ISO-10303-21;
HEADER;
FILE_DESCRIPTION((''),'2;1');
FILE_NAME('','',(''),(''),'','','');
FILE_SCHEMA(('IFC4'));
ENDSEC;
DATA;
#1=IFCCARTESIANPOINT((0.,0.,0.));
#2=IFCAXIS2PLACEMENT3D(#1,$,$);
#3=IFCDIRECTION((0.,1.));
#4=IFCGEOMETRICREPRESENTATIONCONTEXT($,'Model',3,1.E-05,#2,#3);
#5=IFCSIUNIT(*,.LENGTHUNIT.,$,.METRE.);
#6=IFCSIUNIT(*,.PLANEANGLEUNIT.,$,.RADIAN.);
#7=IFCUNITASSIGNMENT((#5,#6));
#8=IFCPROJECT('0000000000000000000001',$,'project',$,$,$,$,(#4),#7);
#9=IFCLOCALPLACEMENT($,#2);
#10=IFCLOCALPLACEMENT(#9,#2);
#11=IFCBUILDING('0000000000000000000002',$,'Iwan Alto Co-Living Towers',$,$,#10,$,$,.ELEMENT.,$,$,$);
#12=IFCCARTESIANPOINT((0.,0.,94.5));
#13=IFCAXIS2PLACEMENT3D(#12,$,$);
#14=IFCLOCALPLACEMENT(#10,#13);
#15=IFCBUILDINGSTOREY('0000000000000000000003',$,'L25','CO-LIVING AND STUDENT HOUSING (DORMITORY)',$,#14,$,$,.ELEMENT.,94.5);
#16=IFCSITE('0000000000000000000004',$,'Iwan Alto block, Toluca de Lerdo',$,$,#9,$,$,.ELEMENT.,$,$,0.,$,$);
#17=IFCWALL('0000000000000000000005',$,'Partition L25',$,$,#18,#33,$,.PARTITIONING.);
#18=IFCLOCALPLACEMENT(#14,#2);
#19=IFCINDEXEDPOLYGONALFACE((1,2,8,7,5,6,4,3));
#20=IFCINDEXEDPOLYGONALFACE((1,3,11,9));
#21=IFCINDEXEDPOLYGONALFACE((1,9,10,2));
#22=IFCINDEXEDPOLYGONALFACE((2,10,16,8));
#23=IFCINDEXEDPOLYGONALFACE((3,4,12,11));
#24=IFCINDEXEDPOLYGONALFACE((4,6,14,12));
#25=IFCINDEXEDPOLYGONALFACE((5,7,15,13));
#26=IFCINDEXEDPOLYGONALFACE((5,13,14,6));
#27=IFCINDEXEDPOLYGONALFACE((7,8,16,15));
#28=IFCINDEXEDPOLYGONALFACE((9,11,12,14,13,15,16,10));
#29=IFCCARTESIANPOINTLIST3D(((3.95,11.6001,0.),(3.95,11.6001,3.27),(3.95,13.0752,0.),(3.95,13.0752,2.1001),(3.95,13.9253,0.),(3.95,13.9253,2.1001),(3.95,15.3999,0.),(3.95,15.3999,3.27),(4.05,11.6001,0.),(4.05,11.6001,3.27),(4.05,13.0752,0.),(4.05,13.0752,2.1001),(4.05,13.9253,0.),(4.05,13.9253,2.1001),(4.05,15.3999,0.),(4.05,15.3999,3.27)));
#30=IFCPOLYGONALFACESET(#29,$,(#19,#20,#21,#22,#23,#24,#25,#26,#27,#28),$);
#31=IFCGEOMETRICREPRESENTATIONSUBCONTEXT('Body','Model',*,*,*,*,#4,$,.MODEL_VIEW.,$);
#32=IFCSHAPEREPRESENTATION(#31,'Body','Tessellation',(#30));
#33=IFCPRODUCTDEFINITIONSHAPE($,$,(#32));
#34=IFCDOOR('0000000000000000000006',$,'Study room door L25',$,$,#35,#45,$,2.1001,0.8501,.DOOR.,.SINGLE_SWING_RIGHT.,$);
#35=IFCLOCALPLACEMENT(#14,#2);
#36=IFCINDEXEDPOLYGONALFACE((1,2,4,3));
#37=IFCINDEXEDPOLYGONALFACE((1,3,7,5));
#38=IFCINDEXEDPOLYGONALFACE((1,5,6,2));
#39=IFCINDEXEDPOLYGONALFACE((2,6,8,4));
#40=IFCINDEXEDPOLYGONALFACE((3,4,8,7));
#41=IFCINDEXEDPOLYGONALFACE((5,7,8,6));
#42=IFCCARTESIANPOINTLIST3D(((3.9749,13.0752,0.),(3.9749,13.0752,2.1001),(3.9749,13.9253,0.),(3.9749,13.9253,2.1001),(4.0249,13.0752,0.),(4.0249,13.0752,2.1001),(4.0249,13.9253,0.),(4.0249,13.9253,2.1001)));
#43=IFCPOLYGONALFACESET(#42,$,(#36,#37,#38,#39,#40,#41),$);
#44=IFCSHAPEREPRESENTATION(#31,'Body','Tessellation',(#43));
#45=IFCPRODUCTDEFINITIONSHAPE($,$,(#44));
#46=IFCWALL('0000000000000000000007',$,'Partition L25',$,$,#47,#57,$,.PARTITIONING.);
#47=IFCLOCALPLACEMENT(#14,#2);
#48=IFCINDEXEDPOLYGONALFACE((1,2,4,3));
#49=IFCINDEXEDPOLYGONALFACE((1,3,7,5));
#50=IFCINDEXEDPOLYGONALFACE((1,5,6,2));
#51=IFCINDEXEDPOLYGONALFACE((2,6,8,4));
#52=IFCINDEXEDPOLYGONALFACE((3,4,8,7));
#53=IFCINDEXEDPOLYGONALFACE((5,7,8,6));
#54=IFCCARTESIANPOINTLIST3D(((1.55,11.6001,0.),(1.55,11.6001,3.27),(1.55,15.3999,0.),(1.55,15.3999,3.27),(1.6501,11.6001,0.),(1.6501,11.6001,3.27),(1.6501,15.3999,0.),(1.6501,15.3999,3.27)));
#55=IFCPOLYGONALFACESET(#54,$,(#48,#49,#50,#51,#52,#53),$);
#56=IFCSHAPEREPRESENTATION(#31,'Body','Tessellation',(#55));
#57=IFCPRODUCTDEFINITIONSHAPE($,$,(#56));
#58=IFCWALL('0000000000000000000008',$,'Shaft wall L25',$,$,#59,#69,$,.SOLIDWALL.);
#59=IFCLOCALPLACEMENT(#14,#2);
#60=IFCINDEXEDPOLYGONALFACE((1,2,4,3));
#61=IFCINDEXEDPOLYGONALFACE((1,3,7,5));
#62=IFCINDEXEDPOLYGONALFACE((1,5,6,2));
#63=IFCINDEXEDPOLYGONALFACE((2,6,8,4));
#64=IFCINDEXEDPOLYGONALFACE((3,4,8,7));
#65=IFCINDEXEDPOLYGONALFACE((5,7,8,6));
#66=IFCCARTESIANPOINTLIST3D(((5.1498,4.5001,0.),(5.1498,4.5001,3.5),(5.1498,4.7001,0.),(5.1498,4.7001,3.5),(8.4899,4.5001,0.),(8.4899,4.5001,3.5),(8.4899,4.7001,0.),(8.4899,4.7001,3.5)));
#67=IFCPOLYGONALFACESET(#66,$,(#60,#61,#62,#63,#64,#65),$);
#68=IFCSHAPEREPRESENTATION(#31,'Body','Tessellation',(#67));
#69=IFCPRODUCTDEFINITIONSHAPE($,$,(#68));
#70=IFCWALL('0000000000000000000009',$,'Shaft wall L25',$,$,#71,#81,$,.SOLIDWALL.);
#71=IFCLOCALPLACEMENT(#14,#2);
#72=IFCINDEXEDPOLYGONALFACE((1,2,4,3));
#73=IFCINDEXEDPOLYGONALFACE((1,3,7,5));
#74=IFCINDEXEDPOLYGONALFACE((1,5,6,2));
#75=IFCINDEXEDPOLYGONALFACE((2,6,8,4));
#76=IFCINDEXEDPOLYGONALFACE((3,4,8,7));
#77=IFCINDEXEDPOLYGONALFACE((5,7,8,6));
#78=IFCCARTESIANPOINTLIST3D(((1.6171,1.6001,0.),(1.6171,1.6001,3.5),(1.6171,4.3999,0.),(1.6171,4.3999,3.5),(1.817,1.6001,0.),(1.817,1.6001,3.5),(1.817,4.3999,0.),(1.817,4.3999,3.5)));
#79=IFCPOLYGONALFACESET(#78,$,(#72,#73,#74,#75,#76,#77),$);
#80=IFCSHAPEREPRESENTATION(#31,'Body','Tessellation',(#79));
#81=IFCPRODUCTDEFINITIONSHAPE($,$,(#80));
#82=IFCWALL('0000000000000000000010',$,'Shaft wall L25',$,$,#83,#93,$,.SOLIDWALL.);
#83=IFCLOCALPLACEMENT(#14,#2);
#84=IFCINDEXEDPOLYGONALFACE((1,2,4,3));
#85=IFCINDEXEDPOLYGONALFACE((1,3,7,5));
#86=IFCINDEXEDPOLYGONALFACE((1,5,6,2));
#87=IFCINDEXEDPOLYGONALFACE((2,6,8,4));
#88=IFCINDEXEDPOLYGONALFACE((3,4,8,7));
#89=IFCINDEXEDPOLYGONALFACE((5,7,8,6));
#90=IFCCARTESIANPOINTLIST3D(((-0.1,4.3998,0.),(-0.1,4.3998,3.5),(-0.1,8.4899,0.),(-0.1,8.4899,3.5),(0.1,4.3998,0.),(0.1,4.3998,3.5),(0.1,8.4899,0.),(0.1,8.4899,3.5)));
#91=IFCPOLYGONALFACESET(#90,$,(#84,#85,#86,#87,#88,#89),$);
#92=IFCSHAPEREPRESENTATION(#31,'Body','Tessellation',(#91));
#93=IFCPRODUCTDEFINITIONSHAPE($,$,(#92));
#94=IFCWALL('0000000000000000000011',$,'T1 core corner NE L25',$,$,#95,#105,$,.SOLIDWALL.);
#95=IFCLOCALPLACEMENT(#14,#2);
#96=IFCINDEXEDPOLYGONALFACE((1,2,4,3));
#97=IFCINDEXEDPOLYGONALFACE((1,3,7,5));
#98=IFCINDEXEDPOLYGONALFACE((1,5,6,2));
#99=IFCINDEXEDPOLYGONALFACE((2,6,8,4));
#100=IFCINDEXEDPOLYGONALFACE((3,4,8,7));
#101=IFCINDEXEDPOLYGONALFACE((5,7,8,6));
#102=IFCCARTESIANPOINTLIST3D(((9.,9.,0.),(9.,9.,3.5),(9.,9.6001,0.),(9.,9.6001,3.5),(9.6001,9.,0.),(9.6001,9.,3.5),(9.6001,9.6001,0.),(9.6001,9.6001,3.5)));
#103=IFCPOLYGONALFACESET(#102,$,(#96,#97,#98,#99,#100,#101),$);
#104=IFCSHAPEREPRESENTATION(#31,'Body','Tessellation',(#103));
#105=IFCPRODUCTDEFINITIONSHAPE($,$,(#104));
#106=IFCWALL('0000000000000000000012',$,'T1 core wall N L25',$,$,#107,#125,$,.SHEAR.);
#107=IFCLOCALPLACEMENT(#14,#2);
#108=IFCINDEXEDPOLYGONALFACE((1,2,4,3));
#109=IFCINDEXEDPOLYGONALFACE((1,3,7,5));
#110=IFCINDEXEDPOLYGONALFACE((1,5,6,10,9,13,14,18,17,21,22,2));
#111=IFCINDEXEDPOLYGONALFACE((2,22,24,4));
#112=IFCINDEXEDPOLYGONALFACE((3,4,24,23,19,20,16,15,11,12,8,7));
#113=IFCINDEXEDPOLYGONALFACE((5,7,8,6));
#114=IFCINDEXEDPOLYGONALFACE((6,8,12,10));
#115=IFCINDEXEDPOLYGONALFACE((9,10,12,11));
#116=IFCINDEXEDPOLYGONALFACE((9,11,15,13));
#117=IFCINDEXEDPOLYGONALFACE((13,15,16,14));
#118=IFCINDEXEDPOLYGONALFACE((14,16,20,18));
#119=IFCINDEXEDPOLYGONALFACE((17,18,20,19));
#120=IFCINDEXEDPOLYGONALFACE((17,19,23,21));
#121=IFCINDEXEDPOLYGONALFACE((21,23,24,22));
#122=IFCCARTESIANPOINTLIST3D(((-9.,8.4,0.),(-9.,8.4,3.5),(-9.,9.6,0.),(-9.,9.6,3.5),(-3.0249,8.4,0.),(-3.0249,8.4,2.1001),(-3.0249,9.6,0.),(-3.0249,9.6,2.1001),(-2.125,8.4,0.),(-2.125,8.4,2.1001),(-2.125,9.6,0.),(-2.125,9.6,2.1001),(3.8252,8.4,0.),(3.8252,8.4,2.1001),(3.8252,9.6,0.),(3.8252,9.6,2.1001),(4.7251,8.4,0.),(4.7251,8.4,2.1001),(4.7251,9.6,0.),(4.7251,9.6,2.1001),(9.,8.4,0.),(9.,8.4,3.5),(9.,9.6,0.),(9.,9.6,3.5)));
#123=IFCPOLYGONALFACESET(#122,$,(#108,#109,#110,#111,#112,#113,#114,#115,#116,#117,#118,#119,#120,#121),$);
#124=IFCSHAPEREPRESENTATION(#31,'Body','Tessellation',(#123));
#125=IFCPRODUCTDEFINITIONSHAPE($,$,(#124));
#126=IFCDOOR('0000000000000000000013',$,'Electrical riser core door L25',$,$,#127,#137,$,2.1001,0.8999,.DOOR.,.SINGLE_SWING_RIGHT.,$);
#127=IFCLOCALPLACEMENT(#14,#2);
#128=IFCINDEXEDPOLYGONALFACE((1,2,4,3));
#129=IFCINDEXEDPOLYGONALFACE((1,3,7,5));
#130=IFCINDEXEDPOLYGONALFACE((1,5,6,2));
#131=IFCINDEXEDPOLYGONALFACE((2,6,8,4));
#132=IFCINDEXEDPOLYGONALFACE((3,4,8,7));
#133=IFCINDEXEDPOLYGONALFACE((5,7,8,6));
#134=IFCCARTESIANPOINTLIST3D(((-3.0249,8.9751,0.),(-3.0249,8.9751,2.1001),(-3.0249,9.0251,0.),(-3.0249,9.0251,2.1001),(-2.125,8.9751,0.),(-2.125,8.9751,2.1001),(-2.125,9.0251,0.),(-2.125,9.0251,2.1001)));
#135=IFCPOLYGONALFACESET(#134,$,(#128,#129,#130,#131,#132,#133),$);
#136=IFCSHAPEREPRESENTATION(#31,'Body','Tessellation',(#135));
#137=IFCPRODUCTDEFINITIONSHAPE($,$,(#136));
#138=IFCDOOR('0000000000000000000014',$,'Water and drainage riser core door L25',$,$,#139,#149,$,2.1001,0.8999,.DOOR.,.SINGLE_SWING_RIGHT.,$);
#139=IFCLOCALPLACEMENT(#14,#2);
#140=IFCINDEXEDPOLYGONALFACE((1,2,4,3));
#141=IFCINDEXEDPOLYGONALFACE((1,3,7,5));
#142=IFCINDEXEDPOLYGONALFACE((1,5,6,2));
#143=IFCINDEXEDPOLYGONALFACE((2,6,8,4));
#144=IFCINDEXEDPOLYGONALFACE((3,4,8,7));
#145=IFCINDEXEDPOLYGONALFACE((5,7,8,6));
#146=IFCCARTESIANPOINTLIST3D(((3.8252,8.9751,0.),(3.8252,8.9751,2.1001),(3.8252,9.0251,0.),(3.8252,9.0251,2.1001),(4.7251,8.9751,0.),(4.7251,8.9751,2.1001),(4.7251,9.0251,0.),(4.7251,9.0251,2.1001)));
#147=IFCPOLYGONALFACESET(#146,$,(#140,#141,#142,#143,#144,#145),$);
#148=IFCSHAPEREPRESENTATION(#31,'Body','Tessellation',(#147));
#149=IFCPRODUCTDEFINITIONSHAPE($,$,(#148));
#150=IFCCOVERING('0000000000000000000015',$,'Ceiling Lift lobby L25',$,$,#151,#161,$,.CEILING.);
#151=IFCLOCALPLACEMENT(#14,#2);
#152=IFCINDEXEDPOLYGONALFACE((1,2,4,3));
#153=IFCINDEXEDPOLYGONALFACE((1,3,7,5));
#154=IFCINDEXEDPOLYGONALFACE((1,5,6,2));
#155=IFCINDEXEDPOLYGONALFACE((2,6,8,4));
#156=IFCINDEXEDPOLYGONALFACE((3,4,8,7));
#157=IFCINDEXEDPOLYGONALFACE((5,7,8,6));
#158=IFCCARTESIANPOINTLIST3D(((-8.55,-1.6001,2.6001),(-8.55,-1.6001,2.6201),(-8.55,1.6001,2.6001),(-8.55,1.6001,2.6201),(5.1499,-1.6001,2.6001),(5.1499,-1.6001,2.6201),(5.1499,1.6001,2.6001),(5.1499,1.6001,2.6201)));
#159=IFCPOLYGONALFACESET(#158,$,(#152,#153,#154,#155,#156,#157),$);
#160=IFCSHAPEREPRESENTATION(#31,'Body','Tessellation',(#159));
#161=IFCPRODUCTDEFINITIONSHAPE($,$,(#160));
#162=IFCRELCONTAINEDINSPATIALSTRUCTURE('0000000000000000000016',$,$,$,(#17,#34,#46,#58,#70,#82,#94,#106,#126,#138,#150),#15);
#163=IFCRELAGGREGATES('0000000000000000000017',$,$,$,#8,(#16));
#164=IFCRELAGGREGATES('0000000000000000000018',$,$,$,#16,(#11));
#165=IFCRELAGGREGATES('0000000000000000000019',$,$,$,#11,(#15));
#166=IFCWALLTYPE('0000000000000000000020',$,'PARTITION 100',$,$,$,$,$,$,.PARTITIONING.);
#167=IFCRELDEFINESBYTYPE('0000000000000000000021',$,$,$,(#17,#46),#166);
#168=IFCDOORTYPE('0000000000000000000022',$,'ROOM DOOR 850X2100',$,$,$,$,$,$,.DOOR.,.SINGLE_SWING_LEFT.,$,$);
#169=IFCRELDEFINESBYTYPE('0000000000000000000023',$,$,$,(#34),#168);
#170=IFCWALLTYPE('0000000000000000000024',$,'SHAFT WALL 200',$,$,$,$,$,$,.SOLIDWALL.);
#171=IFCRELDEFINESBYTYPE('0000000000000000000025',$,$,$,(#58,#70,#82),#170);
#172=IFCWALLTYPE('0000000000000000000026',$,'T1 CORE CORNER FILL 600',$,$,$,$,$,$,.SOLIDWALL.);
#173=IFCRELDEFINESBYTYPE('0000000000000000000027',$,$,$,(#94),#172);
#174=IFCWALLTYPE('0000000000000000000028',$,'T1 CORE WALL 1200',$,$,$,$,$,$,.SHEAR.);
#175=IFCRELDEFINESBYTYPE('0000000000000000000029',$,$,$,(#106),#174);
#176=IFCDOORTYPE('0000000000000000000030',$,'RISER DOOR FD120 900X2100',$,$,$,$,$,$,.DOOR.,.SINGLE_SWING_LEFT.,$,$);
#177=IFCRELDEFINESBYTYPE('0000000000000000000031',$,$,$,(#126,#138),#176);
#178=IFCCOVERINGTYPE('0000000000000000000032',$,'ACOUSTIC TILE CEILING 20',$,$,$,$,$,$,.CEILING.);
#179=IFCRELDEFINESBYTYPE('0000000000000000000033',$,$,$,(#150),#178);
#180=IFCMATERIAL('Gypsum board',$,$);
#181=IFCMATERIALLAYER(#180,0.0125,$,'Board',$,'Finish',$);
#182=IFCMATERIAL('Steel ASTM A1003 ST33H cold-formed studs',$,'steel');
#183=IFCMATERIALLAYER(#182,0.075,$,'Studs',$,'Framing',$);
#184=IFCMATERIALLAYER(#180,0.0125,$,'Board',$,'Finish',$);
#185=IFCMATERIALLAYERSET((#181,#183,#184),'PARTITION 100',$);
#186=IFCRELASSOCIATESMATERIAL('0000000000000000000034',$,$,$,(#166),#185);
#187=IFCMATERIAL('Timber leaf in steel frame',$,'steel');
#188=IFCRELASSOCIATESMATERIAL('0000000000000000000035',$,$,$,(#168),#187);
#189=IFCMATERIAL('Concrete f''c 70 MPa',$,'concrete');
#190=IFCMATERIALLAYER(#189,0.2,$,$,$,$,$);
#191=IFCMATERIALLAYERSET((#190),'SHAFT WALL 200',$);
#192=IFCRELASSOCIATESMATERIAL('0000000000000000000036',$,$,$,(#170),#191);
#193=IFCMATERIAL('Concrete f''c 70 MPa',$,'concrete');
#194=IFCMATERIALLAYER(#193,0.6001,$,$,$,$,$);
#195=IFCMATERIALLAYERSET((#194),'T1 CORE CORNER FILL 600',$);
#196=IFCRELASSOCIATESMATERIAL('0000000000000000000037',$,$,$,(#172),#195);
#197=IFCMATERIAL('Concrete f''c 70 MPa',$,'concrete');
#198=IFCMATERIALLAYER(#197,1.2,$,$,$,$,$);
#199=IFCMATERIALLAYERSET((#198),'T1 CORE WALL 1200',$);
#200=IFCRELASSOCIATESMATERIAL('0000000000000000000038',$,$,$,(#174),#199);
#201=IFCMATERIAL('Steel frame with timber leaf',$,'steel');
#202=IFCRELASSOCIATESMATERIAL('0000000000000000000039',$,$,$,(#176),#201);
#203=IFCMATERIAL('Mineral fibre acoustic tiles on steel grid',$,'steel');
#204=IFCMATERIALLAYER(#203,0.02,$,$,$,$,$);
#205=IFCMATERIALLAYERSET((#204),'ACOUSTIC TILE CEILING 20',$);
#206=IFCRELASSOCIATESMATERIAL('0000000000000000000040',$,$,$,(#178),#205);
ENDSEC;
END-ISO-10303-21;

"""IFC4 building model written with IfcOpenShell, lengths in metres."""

from ifc_helpers import new_model, si_unit, direction, frame, frame_2d, origin, place, context, subcontext, project, spatial, polyline, rectangle, outline, extrude, material, layer, layer_set, type_object, element, fill, save


model = new_model("IFC4")

# Units and contexts
model_context = context("Model", 3, precision=1e-05, world=origin(), true_north=direction((0.0, 1.0)))
body_context = subcontext(model_context, "Body", "Model", "MODEL_VIEW")
ifc_project = project(units=[si_unit("LENGTHUNIT", "METRE"), si_unit("PLANEANGLEUNIT", "RADIAN")], contexts=[model_context])

# Site, building, storey
site_placement = place(None, origin())
site = spatial("IfcSite", under=ifc_project, at=site_placement, Name="Iwan Alto block, Toluca de Lerdo", CompositionType="ELEMENT", RefElevation=0.0)
building_placement = place(site_placement, origin())
building = spatial("IfcBuilding", under=site, at=building_placement, Name="Iwan Alto Co-Living Towers", CompositionType="ELEMENT")
storey_placement = place(building_placement, frame((0.0, 0.0, 94.5)))
storey = spatial("IfcBuildingStorey", under=building, at=storey_placement, Name="L25", Description="CO-LIVING AND STUDENT HOUSING (DORMITORY)", CompositionType="ELEMENT", Elevation=94.5)

# Wall, opening, door
ifc_material_1 = material(Name="Gypsum board")
ifc_layer_1 = layer(ifc_material_1, 0.0125, Name="Board", Category="Finish")
ifc_material_2 = material(Name="Steel ASTM A1003 ST33H cold-formed studs", Category="steel")
ifc_layer_2 = layer(ifc_material_2, 0.075, Name="Studs", Category="Framing")
ifc_layer_3 = layer(ifc_material_1, 0.0125, Name="Board", Category="Finish")
ifc_layer_set_1 = layer_set([ifc_layer_1, ifc_layer_2, ifc_layer_3], Name="PARTITION 100")
wall_type_1 = type_object("IfcWallType", Name="PARTITION 100", PredefinedType="PARTITIONING", material=ifc_layer_set_1)
wall_1_placement = place(storey_placement, frame((4.0, 11.6001, 0.0), z_axis=(0.0, 0.0, 1.0), x_axis=(0.0, 1.0, 0.0)))
wall_1 = element("IfcWall", 1, at=wall_1_placement, inside=storey, type_object=wall_type_1, Name="Partition L25", PredefinedType="PARTITIONING", context=body_context, shape_type="SweptSolid", body=[
    extrude(rectangle(XDim=3.7998, YDim=0.1001, at=frame_2d((1.8999, 0.0))), origin(), (0.0, 0.0, 1.0), 3.27),
])
opening_1_placement = place(wall_1_placement, frame((1.4751, 0.0, 0.0)))
opening_1 = element("IfcOpeningElement", 2, at=opening_1_placement, cuts=wall_1, PredefinedType="OPENING", context=body_context, shape_type="SweptSolid", body=[
    extrude(rectangle(XDim=0.8501, YDim=2.1001, at=frame_2d((0.425, 1.05))), frame((0.0, 0.0601, 0.0), z_axis=(0.0, -1.0, 0.0), x_axis=(1.0, 0.0, 0.0)), (0.0, 0.0, 1.0), 0.1201),
])
ifc_material_3 = material(Name="Timber leaf in steel frame", Category="steel")
door_type_1 = type_object("IfcDoorType", Name="ROOM DOOR 850X2100", OperationType="SINGLE_SWING_LEFT", PredefinedType="DOOR", material=ifc_material_3)
door_1_placement = place(opening_1_placement, frame((0.8501, 0.0, 0.0), z_axis=(0.0, 0.0, 1.0), x_axis=(-1.0, 0.0, 0.0)))
door_1 = element("IfcDoor", 3, at=door_1_placement, inside=storey, type_object=door_type_1, Name="Study room door L25", OperationType="SINGLE_SWING_RIGHT", OverallHeight=2.1001, OverallWidth=0.8501, PredefinedType="DOOR", context=body_context, shape_type="SweptSolid", body=[
    extrude(rectangle(XDim=0.8501, YDim=2.1001, at=frame_2d((0.425, 1.05))), frame((0.0, 0.0249, 0.0), z_axis=(0.0, -1.0, 0.0), x_axis=(1.0, 0.0, 0.0)), (0.0, 0.0, 1.0), 0.05),
])
fill(opening_1, door_1)

# Walls
wall_2_placement = place(storey_placement, frame((1.6001, 11.6001, 0.0), z_axis=(0.0, 0.0, 1.0), x_axis=(0.0, 1.0, 0.0)))
element("IfcWall", 4, at=wall_2_placement, inside=storey, type_object=wall_type_1, Name="Partition L25", PredefinedType="PARTITIONING", context=body_context, shape_type="SweptSolid", body=[
    extrude(rectangle(XDim=3.7998, YDim=0.1001, at=frame_2d((1.8999, 0.0))), origin(), (0.0, 0.0, 1.0), 3.27),
])
ifc_material_4 = material(Name="Concrete f'c 70 MPa", Category="concrete")
ifc_layer_4 = layer(ifc_material_4, 0.2)
ifc_layer_set_2 = layer_set([ifc_layer_4], Name="SHAFT WALL 200")
wall_type_2 = type_object("IfcWallType", Name="SHAFT WALL 200", PredefinedType="SOLIDWALL", material=ifc_layer_set_2)
wall_3_placement = place(storey_placement, frame((5.1499, 4.6001, 0.0), z_axis=(0.0, 0.0, 1.0), x_axis=(1.0, 0.0, 0.0)))
element("IfcWall", 5, at=wall_3_placement, inside=storey, type_object=wall_type_2, Name="Shaft wall L25", PredefinedType="SOLIDWALL", context=body_context, shape_type="SweptSolid", body=[
    extrude(rectangle(XDim=3.3401, YDim=0.2, at=frame_2d((1.6699, 0.0))), origin(), (0.0, 0.0, 1.0), 3.5),
])
wall_4_placement = place(storey_placement, frame((1.717, 1.6001, 0.0), z_axis=(0.0, 0.0, 1.0), x_axis=(0.0, 1.0, 0.0)))
element("IfcWall", 6, at=wall_4_placement, inside=storey, type_object=wall_type_2, Name="Shaft wall L25", PredefinedType="SOLIDWALL", context=body_context, shape_type="SweptSolid", body=[
    extrude(rectangle(XDim=2.7998, YDim=0.2, at=frame_2d((1.3999, 0.0))), origin(), (0.0, 0.0, 1.0), 3.5),
])
wall_5_placement = place(storey_placement, frame((0.0, 4.3999, 0.0), z_axis=(0.0, 0.0, 1.0), x_axis=(0.0, 1.0, 0.0)))
element("IfcWall", 7, at=wall_5_placement, inside=storey, type_object=wall_type_2, Name="Shaft wall L25", PredefinedType="SOLIDWALL", context=body_context, shape_type="SweptSolid", body=[
    extrude(rectangle(XDim=4.0901, YDim=0.2, at=frame_2d((2.0449, 0.0))), origin(), (0.0, 0.0, 1.0), 3.5),
])
ifc_material_5 = material(Name="Concrete f'c 70 MPa", Category="concrete")
ifc_layer_5 = layer(ifc_material_5, 0.6001)
ifc_layer_set_3 = layer_set([ifc_layer_5], Name="T1 CORE CORNER FILL 600")
wall_type_3 = type_object("IfcWallType", Name="T1 CORE CORNER FILL 600", PredefinedType="SOLIDWALL", material=ifc_layer_set_3)
wall_6_placement = place(storey_placement, frame((9.0, 9.3, 0.0), z_axis=(0.0, 0.0, 1.0), x_axis=(1.0, 0.0, 0.0)))
element("IfcWall", 8, at=wall_6_placement, inside=storey, type_object=wall_type_3, Name="T1 core corner NE L25", PredefinedType="SOLIDWALL", context=body_context, shape_type="SweptSolid", body=[
    extrude(rectangle(XDim=0.6001, YDim=0.6001, at=frame_2d((0.3, 0.0))), origin(), (0.0, 0.0, 1.0), 3.5),
])

# Wall, openings, doors
ifc_material_6 = material(Name="Concrete f'c 70 MPa", Category="concrete")
ifc_layer_6 = layer(ifc_material_6, 1.2)
ifc_layer_set_4 = layer_set([ifc_layer_6], Name="T1 CORE WALL 1200")
wall_type_4 = type_object("IfcWallType", Name="T1 CORE WALL 1200", PredefinedType="SHEAR", material=ifc_layer_set_4)
wall_7_placement = place(storey_placement, frame((9.0, 9.0, 0.0), z_axis=(0.0, 0.0, 1.0), x_axis=(-1.0, 0.0, 0.0)))
wall_7 = element("IfcWall", 9, at=wall_7_placement, inside=storey, type_object=wall_type_4, Name="T1 core wall N L25", PredefinedType="SHEAR", context=body_context, shape_type="SweptSolid", body=[
    extrude(rectangle(XDim=18.0, YDim=1.2, at=frame_2d((9.0, 0.0))), origin(), (0.0, 0.0, 1.0), 3.5),
])
opening_2_placement = place(wall_7_placement, frame((11.125, 0.0, 0.0)))
opening_2 = element("IfcOpeningElement", 10, at=opening_2_placement, cuts=wall_7, PredefinedType="OPENING", context=body_context, shape_type="SweptSolid", body=[
    extrude(rectangle(XDim=0.8999, YDim=2.1001, at=frame_2d((0.45, 1.05))), frame((0.0, 0.6099, 0.0), z_axis=(0.0, -1.0, 0.0), x_axis=(1.0, 0.0, 0.0)), (0.0, 0.0, 1.0), 1.22),
])
opening_3_placement = place(wall_7_placement, frame((4.2749, 0.0, 0.0)))
opening_3 = element("IfcOpeningElement", 11, at=opening_3_placement, cuts=wall_7, PredefinedType="OPENING", context=body_context, shape_type="SweptSolid", body=[
    extrude(rectangle(XDim=0.8999, YDim=2.1001, at=frame_2d((0.45, 1.05))), frame((0.0, 0.6099, 0.0), z_axis=(0.0, -1.0, 0.0), x_axis=(1.0, 0.0, 0.0)), (0.0, 0.0, 1.0), 1.22),
])
ifc_material_7 = material(Name="Steel frame with timber leaf", Category="steel")
door_type_2 = type_object("IfcDoorType", Name="RISER DOOR FD120 900X2100", OperationType="SINGLE_SWING_LEFT", PredefinedType="DOOR", material=ifc_material_7)
door_2_placement = place(opening_2_placement, origin())
door_2 = element("IfcDoor", 12, at=door_2_placement, inside=storey, type_object=door_type_2, Name="Electrical riser core door L25", OperationType="SINGLE_SWING_RIGHT", OverallHeight=2.1001, OverallWidth=0.8999, PredefinedType="DOOR", context=body_context, shape_type="SweptSolid", body=[
    extrude(rectangle(XDim=0.8999, YDim=2.1001, at=frame_2d((0.45, 1.05))), frame((0.0, 0.0249, 0.0), z_axis=(0.0, -1.0, 0.0), x_axis=(1.0, 0.0, 0.0)), (0.0, 0.0, 1.0), 0.05),
])
fill(opening_2, door_2)
door_3_placement = place(opening_3_placement, origin())
door_3 = element("IfcDoor", 13, at=door_3_placement, inside=storey, type_object=door_type_2, Name="Water and drainage riser core door L25", OperationType="SINGLE_SWING_RIGHT", OverallHeight=2.1001, OverallWidth=0.8999, PredefinedType="DOOR", context=body_context, shape_type="SweptSolid", body=[
    extrude(rectangle(XDim=0.8999, YDim=2.1001, at=frame_2d((0.45, 1.05))), frame((0.0, 0.0249, 0.0), z_axis=(0.0, -1.0, 0.0), x_axis=(1.0, 0.0, 0.0)), (0.0, 0.0, 1.0), 0.05),
])
fill(opening_3, door_3)

# Covering
ifc_material_8 = material(Name="Mineral fibre acoustic tiles on steel grid", Category="steel")
ifc_layer_7 = layer(ifc_material_8, 0.02)
ifc_layer_set_5 = layer_set([ifc_layer_7], Name="ACOUSTIC TILE CEILING 20")
covering_type_1 = type_object("IfcCoveringType", Name="ACOUSTIC TILE CEILING 20", PredefinedType="CEILING", material=ifc_layer_set_5)
covering_1_placement = place(storey_placement, frame((0.0, 0.0, 2.6001)))
element("IfcCovering", 14, at=covering_1_placement, inside=storey, type_object=covering_type_1, Name="Ceiling Lift lobby L25", PredefinedType="CEILING", context=body_context, shape_type="SweptSolid", body=[
    extrude(outline(polyline([(-8.55, -1.6001), (-8.55, 1.6001), (5.1499, 1.6001), (5.1499, -1.6001), (-8.55, -1.6001)])), origin(), (0.0, 0.0, 1.0), 0.02),
])

save(model, "model.ifc")
